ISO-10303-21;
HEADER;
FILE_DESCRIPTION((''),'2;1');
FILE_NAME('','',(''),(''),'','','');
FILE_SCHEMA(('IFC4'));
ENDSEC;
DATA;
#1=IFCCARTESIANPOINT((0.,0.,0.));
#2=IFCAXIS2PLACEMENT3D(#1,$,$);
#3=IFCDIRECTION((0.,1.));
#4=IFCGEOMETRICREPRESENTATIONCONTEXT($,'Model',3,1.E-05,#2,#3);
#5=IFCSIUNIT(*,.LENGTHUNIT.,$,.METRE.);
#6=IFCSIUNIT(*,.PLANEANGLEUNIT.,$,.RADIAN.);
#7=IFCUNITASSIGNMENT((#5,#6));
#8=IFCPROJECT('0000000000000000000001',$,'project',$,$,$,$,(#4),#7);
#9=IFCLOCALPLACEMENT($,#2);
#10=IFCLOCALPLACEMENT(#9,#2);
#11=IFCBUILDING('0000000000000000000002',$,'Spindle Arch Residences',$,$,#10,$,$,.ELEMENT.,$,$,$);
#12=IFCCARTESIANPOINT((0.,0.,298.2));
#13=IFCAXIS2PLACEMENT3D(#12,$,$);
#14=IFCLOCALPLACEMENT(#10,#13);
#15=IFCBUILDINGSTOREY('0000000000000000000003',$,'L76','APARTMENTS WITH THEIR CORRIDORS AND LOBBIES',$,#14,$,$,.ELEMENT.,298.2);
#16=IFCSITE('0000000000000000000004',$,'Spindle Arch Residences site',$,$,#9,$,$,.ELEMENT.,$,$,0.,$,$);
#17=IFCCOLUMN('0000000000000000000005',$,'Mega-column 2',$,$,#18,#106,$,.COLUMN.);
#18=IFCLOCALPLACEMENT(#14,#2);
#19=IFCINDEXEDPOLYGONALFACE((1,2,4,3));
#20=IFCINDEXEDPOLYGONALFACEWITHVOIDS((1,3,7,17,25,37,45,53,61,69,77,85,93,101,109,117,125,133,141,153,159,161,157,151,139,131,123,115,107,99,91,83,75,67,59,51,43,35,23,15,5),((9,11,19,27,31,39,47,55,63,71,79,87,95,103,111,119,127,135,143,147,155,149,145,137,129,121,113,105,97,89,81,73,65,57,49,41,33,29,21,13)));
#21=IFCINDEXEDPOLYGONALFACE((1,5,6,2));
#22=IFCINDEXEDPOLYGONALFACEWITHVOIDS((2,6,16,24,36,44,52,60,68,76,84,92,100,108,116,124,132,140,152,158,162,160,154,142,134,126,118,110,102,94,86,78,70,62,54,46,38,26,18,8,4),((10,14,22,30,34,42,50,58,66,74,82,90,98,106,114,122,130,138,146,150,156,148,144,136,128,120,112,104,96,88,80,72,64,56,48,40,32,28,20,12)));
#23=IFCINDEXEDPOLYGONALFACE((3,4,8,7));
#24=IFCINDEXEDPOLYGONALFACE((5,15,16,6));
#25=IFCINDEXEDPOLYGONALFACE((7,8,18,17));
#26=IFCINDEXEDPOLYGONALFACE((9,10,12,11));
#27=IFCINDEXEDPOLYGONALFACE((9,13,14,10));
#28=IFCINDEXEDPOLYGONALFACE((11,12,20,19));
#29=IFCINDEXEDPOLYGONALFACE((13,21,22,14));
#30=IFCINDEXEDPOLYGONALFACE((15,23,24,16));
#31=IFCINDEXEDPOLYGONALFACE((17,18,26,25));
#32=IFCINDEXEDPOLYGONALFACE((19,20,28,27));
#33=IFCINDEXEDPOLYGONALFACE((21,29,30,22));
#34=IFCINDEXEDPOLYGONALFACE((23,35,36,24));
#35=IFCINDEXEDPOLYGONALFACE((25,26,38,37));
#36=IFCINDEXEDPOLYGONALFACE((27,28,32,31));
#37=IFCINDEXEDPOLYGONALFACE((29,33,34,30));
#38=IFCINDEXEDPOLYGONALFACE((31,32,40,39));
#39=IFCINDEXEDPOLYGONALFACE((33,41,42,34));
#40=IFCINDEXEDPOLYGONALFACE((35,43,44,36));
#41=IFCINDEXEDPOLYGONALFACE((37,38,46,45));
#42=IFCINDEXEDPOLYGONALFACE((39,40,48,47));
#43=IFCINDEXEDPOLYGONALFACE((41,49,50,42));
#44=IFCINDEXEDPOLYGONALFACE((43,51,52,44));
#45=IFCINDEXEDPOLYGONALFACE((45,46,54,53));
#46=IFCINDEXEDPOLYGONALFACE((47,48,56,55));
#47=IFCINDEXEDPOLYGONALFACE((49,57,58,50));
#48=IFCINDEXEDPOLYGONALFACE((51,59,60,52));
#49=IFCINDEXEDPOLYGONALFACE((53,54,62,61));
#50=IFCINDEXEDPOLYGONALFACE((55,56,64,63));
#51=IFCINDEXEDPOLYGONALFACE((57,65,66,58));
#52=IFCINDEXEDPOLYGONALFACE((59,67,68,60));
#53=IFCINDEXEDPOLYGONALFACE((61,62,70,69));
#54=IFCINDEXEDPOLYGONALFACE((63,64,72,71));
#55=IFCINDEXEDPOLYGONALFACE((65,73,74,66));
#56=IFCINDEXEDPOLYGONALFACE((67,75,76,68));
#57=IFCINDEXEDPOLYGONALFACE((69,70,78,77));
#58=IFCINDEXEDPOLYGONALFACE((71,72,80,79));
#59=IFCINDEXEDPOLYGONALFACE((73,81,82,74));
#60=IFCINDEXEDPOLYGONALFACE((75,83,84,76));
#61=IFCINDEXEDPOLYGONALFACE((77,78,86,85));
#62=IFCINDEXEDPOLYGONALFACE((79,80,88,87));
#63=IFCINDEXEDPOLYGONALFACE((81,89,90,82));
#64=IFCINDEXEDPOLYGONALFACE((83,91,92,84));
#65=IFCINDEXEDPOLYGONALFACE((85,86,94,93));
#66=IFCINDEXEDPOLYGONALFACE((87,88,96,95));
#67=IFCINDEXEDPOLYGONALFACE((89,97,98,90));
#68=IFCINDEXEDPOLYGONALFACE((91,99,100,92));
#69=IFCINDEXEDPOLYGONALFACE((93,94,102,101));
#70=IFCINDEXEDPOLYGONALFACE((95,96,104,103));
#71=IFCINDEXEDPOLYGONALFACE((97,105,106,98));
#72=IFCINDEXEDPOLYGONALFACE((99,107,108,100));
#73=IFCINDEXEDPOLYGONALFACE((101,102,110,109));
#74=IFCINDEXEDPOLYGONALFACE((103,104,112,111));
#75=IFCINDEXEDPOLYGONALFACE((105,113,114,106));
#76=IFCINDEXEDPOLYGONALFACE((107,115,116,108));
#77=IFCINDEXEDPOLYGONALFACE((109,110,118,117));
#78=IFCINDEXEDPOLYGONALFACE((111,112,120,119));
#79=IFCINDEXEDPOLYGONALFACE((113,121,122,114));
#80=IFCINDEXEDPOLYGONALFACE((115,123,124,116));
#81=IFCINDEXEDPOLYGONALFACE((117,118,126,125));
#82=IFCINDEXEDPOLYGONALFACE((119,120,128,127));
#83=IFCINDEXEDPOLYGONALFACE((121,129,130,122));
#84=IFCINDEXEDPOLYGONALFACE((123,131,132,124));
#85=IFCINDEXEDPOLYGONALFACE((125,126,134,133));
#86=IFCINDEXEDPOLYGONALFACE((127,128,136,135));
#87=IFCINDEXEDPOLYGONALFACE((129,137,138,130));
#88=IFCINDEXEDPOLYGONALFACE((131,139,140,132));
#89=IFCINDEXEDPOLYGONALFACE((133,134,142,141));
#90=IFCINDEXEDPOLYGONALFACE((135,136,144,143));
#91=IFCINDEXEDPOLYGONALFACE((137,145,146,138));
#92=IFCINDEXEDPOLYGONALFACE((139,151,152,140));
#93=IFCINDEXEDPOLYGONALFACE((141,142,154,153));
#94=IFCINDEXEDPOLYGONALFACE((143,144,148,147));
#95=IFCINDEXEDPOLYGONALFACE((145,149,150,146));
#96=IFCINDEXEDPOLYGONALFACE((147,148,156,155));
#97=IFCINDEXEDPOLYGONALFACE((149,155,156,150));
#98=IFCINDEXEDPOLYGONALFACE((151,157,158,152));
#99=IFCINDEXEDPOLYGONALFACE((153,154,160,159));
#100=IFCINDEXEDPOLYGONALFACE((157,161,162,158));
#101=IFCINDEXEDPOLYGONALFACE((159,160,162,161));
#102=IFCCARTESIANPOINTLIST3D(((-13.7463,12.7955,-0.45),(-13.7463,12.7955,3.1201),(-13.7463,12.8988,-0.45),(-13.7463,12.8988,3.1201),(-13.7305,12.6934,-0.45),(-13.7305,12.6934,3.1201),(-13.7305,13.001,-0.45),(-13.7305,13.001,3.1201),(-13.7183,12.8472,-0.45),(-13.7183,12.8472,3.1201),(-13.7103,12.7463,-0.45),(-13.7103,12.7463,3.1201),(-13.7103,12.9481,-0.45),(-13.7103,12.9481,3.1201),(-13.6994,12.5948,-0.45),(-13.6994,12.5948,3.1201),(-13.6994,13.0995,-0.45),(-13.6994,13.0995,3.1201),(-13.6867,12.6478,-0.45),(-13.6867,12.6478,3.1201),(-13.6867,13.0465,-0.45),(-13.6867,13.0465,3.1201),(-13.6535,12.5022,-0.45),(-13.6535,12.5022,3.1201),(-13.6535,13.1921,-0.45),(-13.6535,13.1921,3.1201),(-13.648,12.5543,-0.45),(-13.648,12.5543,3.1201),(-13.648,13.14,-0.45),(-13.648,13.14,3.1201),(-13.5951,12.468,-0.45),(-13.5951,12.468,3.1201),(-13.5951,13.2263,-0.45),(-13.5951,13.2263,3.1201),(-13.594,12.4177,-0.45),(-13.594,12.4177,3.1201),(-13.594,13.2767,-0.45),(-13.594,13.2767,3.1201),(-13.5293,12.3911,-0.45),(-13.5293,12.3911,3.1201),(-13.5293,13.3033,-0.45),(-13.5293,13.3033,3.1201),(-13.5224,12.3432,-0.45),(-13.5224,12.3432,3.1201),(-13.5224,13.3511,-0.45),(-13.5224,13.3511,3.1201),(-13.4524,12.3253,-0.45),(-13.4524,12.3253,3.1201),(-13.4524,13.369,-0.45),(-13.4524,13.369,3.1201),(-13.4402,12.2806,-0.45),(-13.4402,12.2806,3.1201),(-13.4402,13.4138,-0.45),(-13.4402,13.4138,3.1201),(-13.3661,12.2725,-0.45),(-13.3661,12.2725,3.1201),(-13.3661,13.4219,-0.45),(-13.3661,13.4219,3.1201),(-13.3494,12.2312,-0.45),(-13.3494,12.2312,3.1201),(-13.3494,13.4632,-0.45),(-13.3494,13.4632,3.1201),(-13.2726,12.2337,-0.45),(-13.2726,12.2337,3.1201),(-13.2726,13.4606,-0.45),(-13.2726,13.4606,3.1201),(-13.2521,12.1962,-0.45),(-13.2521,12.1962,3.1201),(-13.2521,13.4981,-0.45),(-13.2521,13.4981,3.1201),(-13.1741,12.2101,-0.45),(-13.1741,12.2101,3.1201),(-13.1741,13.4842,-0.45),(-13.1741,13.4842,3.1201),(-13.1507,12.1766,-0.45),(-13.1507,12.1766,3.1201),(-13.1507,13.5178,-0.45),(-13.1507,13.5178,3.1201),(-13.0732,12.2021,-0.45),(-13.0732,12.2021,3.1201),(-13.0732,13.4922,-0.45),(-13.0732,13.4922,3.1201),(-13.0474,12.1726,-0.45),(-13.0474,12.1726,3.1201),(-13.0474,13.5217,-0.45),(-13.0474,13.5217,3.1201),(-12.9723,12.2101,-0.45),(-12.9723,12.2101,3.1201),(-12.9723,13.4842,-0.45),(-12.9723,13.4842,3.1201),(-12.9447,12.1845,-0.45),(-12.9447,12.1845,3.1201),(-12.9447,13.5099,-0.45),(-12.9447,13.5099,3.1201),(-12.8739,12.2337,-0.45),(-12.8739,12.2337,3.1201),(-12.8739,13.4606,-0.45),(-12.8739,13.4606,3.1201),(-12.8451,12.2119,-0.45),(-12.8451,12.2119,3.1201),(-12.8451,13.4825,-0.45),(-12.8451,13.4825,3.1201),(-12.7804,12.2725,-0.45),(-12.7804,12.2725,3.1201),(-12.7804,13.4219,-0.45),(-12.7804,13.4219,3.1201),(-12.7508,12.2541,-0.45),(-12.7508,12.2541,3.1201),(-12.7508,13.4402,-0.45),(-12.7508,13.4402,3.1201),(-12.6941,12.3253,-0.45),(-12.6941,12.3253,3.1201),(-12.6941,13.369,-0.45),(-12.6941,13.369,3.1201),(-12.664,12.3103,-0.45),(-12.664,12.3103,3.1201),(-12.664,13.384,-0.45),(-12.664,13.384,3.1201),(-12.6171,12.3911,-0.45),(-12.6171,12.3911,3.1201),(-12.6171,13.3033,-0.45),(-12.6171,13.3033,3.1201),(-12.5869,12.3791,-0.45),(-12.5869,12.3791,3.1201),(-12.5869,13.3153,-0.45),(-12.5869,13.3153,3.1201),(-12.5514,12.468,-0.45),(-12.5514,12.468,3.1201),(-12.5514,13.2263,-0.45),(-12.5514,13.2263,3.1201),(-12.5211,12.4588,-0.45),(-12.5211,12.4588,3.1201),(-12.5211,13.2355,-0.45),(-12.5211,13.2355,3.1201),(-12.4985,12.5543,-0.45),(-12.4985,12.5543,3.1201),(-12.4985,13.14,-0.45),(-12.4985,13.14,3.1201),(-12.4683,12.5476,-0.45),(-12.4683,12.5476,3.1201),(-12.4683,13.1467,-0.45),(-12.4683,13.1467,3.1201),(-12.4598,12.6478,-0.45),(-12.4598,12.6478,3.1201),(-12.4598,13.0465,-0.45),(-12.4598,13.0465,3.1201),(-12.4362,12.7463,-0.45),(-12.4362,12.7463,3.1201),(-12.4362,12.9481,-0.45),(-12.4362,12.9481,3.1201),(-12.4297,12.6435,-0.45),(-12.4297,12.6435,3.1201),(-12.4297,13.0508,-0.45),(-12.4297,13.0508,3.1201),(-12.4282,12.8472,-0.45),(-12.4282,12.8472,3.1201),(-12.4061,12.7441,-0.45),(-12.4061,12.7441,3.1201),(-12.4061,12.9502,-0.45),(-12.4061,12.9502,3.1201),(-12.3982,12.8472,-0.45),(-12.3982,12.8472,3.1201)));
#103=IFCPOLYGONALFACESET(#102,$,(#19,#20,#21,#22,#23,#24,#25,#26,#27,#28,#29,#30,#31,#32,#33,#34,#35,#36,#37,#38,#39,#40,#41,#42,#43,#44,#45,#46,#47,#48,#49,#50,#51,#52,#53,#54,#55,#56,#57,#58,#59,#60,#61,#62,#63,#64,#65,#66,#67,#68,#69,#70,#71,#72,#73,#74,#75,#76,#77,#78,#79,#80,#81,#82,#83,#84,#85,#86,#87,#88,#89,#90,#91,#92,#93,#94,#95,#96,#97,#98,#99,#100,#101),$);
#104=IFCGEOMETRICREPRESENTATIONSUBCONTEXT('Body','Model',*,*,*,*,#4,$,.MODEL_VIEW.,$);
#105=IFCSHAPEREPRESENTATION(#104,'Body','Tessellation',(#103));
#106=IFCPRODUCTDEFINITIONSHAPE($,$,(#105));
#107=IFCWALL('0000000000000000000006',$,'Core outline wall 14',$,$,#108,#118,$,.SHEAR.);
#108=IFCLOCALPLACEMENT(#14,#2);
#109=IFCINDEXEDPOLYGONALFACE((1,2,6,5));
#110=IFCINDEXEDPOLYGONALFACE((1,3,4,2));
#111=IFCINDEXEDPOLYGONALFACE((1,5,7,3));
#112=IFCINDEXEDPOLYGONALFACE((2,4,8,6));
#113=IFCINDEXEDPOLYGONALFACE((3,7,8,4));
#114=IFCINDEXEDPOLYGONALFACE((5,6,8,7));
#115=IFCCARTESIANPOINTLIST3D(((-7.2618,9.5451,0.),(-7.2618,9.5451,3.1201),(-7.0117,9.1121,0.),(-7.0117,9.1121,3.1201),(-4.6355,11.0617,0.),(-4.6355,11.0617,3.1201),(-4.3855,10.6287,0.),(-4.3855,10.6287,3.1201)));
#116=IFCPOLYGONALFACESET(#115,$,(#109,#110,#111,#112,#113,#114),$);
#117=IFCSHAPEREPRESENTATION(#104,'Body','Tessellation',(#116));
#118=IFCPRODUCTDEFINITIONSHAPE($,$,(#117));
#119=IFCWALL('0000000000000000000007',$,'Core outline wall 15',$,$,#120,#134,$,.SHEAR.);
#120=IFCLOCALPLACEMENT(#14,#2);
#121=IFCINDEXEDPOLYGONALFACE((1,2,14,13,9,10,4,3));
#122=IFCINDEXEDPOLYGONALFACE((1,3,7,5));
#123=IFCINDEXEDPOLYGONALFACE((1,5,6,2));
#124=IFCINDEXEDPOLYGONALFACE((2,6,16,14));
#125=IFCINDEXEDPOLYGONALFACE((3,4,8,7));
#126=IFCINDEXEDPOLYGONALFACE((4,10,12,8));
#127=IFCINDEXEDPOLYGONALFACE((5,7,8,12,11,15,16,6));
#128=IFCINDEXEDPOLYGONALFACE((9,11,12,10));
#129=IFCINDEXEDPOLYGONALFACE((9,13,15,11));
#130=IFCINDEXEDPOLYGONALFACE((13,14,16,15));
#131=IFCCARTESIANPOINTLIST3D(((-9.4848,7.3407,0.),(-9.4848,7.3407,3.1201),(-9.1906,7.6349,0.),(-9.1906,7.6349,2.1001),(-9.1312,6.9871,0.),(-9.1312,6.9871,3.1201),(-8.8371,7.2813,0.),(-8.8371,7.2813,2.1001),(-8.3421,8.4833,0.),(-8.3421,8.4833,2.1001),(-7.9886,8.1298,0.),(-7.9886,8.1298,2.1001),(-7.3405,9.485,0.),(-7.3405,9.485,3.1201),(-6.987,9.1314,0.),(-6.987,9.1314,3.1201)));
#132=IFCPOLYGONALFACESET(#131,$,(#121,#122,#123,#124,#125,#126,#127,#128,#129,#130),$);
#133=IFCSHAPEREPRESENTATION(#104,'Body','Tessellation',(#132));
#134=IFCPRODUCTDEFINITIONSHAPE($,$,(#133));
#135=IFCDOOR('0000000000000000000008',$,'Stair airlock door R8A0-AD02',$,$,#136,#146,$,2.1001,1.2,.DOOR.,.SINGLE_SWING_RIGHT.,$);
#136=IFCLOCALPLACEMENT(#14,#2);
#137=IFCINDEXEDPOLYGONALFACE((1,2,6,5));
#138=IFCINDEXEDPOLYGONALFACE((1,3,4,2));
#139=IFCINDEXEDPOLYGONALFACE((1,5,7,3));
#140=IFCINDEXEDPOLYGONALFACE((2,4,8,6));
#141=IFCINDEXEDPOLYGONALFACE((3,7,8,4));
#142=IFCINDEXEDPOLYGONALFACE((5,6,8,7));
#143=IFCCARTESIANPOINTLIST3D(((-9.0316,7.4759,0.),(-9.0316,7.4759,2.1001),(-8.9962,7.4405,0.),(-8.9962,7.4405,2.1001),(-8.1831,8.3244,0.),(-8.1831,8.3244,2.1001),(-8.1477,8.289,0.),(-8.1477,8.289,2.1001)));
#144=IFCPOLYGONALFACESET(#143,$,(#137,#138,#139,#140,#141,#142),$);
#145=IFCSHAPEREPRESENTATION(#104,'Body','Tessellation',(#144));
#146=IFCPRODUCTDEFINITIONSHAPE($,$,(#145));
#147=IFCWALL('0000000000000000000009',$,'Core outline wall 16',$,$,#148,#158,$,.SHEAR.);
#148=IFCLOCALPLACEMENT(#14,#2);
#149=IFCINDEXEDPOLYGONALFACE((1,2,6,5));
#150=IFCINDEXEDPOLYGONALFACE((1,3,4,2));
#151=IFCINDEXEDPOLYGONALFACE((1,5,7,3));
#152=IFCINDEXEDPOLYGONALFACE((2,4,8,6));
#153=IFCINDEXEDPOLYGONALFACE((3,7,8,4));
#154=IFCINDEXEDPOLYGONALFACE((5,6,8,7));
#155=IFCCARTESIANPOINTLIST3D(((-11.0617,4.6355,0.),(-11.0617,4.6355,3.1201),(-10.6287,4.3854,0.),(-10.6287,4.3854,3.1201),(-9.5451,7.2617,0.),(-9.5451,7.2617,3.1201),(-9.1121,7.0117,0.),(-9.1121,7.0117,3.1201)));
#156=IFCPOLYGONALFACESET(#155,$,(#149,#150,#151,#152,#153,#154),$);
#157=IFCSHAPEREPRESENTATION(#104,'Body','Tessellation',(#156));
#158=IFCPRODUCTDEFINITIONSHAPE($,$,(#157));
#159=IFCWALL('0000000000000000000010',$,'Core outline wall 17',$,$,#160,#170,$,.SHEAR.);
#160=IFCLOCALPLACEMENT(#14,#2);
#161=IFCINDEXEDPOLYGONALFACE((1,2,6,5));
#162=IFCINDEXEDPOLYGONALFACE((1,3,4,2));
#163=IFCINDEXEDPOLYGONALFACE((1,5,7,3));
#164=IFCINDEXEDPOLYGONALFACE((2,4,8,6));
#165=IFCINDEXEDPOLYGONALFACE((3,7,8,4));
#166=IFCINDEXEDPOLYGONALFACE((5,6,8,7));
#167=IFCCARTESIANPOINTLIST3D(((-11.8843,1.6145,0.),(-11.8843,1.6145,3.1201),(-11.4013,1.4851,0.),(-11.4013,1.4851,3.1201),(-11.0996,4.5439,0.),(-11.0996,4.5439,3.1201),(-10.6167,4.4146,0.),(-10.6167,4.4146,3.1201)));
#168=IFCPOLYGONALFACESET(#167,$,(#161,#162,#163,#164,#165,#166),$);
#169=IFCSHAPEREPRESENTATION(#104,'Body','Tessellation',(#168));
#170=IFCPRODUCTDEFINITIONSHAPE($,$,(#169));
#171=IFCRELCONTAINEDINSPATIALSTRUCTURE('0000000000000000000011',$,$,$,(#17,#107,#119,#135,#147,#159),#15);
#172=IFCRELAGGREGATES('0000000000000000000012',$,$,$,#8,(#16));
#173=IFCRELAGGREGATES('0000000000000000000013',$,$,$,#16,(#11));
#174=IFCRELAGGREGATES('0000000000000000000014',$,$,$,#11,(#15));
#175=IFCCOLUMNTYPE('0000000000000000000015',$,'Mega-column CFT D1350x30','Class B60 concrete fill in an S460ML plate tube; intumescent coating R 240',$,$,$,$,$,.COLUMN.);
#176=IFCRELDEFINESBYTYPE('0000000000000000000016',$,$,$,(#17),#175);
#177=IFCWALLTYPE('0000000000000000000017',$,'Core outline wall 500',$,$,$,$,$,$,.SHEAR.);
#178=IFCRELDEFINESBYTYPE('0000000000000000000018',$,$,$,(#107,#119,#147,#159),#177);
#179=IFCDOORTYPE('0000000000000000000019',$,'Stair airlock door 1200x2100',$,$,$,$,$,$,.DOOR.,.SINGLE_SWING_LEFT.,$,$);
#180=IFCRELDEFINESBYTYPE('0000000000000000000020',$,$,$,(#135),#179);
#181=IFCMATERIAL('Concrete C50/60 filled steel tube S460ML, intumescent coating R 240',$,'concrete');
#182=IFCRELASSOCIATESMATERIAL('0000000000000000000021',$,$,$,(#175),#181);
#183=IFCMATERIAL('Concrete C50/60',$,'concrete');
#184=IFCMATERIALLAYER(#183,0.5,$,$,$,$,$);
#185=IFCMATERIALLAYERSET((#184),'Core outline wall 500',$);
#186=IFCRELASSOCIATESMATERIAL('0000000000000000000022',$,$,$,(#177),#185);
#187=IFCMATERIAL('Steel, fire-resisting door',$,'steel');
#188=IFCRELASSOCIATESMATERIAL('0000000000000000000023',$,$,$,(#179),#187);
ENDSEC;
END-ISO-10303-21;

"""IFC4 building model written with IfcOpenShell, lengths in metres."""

from ifc_helpers import new_model, si_unit, direction, frame, frame_2d, origin, origin_2d, place, context, subcontext, project, spatial, rectangle, hollow_circle, extrude, material, layer, layer_set, material_profile, profile_set, type_object, element, fill, save


model = new_model("IFC4")

# Units and contexts
model_context = context("Model", 3, precision=1e-05, world=origin(), true_north=direction((0.0, 1.0)))
body_context = subcontext(model_context, "Body", "Model", "MODEL_VIEW")
ifc_project = project(units=[si_unit("LENGTHUNIT", "METRE"), si_unit("PLANEANGLEUNIT", "RADIAN")], contexts=[model_context])

# Site, building, storey
site_placement = place(None, origin())
site = spatial("IfcSite", under=ifc_project, at=site_placement, Name="Spindle Arch Residences site", CompositionType="ELEMENT", RefElevation=0.0)
building_placement = place(site_placement, origin())
building = spatial("IfcBuilding", under=site, at=building_placement, Name="Spindle Arch Residences", CompositionType="ELEMENT")
storey_placement = place(building_placement, frame((0.0, 0.0, 298.2)))
storey = spatial("IfcBuildingStorey", under=building, at=storey_placement, Name="L76", Description="APARTMENTS WITH THEIR CORRIDORS AND LOBBIES", CompositionType="ELEMENT", Elevation=298.2)

# Column
ifc_material_1 = material(Name="Concrete C50/60 filled steel tube S460ML, intumescent coating R 240", Category="concrete")
ifc_material_profile = material_profile(ifc_material_1, hollow_circle(Radius=0.675, WallThickness=0.03, at=origin_2d()), Name="CFT D1350x30")
ifc_profile_set = profile_set([ifc_material_profile], Name="Concrete C50/60 filled steel tube S460ML, intumescent coating R 240")
column_type = type_object("IfcColumnType", Name="Mega-column CFT D1350x30", Description="Class B60 concrete fill in an S460ML plate tube; intumescent coating R 240", PredefinedType="COLUMN", material=ifc_profile_set)
column_placement = place(storey_placement, frame((-13.0732, 12.8472, -0.45), z_axis=(0.0, 0.0, 1.0), x_axis=(1.0, 0.0, 0.0)))
element("IfcColumn", 1, at=column_placement, inside=storey, type_object=column_type, Name="Mega-column 2", PredefinedType="COLUMN", context=body_context, shape_type="SweptSolid", body=[
    extrude(hollow_circle(Radius=0.675, WallThickness=0.03, at=origin_2d()), origin(), (0.0, 0.0, 1.0), 3.5701),
])

# Wall
ifc_material_2 = material(Name="Concrete C50/60", Category="concrete")
ifc_layer_1 = layer(ifc_material_2, 0.5)
ifc_layer_set_1 = layer_set([ifc_layer_1], Name="Core outline wall 500")
wall_type_1 = type_object("IfcWallType", Name="Core outline wall 500", PredefinedType="SHEAR", material=ifc_layer_set_1)
wall_1_placement = place(storey_placement, frame((-4.5105, 10.8452, 0.0), z_axis=(0.0, 0.0, 1.0), x_axis=(-0.865975, -0.500087, 0.0)))
element("IfcWall", 2, at=wall_1_placement, inside=storey, type_object=wall_type_1, Name="Core outline wall 14", PredefinedType="SHEAR", context=body_context, shape_type="SweptSolid", body=[
    extrude(rectangle(XDim=3.0327, YDim=0.5, at=frame_2d((1.5164, 0.0))), origin(), (0.0, 0.0, 1.0), 3.1201),
])

# Wall, opening, door
wall_2_placement = place(storey_placement, frame((-7.1638, 9.3081, 0.0), z_axis=(0.0, 0.0, 1.0), x_axis=(-0.707107, -0.707107, 0.0)))
wall_2 = element("IfcWall", 3, at=wall_2_placement, inside=storey, type_object=wall_type_1, Name="Core outline wall 15", PredefinedType="SHEAR", context=body_context, shape_type="SweptSolid", body=[
    extrude(rectangle(XDim=3.0325, YDim=0.5, at=frame_2d((1.5161, 0.0))), origin(), (0.0, 0.0, 1.0), 3.1201),
])
opening_1_placement = place(wall_2_placement, frame((1.4163, 0.0, 0.0)))
opening_1 = element("IfcOpeningElement", 4, at=opening_1_placement, cuts=wall_2, PredefinedType="OPENING", context=body_context, shape_type="SweptSolid", body=[
    extrude(rectangle(XDim=1.2, YDim=2.1001, at=frame_2d((0.6001, 1.05))), frame((0.0, 0.26, 0.0), z_axis=(0.0, -1.0, 0.0), x_axis=(1.0, 0.0, 0.0)), (0.0, 0.0, 1.0), 0.52),
])
ifc_material_3 = material(Name="Steel, fire-resisting door", Category="steel")
door_type_1 = type_object("IfcDoorType", Name="Stair airlock door 1200x2100", OperationType="SINGLE_SWING_LEFT", PredefinedType="DOOR", material=ifc_material_3)
door_1_placement = place(opening_1_placement, origin())
door_1 = element("IfcDoor", 5, at=door_1_placement, inside=storey, type_object=door_type_1, Name="Stair airlock door R8A0-AD02", OperationType="SINGLE_SWING_RIGHT", OverallHeight=2.1001, OverallWidth=1.2, PredefinedType="DOOR", context=body_context, shape_type="SweptSolid", body=[
    extrude(rectangle(XDim=1.2, YDim=2.1001, at=frame_2d((0.6001, 1.05))), frame((0.0, 0.0249, 0.0), z_axis=(0.0, -1.0, 0.0), x_axis=(1.0, 0.0, 0.0)), (0.0, 0.0, 1.0), 0.05),
])
fill(opening_1, door_1)

# Walls
for number, where, z_axis, x_axis, name in (
    (6, (-9.3286, 7.1367, 0.0), (0.0, 0.0, 1.0), (-0.500087, -0.865975, 0.0), "Core outline wall 16"),
    (7, (-10.8582, 4.4792, 0.0), (0.0, 0.0, 1.0), (-0.258735, -0.965948, 0.0), "Core outline wall 17"),
):
    element("IfcWall", number, at=place(storey_placement, frame(where, z_axis=z_axis, x_axis=x_axis)), inside=storey, type_object=wall_type_1, Name=name, PredefinedType="SHEAR", context=body_context, shape_type="SweptSolid", body=[
        extrude(rectangle(XDim=3.0327, YDim=0.5, at=frame_2d((1.5164, 0.0))), origin(), (0.0, 0.0, 1.0), 3.1201),
    ])

save(model, "model.ifc")
